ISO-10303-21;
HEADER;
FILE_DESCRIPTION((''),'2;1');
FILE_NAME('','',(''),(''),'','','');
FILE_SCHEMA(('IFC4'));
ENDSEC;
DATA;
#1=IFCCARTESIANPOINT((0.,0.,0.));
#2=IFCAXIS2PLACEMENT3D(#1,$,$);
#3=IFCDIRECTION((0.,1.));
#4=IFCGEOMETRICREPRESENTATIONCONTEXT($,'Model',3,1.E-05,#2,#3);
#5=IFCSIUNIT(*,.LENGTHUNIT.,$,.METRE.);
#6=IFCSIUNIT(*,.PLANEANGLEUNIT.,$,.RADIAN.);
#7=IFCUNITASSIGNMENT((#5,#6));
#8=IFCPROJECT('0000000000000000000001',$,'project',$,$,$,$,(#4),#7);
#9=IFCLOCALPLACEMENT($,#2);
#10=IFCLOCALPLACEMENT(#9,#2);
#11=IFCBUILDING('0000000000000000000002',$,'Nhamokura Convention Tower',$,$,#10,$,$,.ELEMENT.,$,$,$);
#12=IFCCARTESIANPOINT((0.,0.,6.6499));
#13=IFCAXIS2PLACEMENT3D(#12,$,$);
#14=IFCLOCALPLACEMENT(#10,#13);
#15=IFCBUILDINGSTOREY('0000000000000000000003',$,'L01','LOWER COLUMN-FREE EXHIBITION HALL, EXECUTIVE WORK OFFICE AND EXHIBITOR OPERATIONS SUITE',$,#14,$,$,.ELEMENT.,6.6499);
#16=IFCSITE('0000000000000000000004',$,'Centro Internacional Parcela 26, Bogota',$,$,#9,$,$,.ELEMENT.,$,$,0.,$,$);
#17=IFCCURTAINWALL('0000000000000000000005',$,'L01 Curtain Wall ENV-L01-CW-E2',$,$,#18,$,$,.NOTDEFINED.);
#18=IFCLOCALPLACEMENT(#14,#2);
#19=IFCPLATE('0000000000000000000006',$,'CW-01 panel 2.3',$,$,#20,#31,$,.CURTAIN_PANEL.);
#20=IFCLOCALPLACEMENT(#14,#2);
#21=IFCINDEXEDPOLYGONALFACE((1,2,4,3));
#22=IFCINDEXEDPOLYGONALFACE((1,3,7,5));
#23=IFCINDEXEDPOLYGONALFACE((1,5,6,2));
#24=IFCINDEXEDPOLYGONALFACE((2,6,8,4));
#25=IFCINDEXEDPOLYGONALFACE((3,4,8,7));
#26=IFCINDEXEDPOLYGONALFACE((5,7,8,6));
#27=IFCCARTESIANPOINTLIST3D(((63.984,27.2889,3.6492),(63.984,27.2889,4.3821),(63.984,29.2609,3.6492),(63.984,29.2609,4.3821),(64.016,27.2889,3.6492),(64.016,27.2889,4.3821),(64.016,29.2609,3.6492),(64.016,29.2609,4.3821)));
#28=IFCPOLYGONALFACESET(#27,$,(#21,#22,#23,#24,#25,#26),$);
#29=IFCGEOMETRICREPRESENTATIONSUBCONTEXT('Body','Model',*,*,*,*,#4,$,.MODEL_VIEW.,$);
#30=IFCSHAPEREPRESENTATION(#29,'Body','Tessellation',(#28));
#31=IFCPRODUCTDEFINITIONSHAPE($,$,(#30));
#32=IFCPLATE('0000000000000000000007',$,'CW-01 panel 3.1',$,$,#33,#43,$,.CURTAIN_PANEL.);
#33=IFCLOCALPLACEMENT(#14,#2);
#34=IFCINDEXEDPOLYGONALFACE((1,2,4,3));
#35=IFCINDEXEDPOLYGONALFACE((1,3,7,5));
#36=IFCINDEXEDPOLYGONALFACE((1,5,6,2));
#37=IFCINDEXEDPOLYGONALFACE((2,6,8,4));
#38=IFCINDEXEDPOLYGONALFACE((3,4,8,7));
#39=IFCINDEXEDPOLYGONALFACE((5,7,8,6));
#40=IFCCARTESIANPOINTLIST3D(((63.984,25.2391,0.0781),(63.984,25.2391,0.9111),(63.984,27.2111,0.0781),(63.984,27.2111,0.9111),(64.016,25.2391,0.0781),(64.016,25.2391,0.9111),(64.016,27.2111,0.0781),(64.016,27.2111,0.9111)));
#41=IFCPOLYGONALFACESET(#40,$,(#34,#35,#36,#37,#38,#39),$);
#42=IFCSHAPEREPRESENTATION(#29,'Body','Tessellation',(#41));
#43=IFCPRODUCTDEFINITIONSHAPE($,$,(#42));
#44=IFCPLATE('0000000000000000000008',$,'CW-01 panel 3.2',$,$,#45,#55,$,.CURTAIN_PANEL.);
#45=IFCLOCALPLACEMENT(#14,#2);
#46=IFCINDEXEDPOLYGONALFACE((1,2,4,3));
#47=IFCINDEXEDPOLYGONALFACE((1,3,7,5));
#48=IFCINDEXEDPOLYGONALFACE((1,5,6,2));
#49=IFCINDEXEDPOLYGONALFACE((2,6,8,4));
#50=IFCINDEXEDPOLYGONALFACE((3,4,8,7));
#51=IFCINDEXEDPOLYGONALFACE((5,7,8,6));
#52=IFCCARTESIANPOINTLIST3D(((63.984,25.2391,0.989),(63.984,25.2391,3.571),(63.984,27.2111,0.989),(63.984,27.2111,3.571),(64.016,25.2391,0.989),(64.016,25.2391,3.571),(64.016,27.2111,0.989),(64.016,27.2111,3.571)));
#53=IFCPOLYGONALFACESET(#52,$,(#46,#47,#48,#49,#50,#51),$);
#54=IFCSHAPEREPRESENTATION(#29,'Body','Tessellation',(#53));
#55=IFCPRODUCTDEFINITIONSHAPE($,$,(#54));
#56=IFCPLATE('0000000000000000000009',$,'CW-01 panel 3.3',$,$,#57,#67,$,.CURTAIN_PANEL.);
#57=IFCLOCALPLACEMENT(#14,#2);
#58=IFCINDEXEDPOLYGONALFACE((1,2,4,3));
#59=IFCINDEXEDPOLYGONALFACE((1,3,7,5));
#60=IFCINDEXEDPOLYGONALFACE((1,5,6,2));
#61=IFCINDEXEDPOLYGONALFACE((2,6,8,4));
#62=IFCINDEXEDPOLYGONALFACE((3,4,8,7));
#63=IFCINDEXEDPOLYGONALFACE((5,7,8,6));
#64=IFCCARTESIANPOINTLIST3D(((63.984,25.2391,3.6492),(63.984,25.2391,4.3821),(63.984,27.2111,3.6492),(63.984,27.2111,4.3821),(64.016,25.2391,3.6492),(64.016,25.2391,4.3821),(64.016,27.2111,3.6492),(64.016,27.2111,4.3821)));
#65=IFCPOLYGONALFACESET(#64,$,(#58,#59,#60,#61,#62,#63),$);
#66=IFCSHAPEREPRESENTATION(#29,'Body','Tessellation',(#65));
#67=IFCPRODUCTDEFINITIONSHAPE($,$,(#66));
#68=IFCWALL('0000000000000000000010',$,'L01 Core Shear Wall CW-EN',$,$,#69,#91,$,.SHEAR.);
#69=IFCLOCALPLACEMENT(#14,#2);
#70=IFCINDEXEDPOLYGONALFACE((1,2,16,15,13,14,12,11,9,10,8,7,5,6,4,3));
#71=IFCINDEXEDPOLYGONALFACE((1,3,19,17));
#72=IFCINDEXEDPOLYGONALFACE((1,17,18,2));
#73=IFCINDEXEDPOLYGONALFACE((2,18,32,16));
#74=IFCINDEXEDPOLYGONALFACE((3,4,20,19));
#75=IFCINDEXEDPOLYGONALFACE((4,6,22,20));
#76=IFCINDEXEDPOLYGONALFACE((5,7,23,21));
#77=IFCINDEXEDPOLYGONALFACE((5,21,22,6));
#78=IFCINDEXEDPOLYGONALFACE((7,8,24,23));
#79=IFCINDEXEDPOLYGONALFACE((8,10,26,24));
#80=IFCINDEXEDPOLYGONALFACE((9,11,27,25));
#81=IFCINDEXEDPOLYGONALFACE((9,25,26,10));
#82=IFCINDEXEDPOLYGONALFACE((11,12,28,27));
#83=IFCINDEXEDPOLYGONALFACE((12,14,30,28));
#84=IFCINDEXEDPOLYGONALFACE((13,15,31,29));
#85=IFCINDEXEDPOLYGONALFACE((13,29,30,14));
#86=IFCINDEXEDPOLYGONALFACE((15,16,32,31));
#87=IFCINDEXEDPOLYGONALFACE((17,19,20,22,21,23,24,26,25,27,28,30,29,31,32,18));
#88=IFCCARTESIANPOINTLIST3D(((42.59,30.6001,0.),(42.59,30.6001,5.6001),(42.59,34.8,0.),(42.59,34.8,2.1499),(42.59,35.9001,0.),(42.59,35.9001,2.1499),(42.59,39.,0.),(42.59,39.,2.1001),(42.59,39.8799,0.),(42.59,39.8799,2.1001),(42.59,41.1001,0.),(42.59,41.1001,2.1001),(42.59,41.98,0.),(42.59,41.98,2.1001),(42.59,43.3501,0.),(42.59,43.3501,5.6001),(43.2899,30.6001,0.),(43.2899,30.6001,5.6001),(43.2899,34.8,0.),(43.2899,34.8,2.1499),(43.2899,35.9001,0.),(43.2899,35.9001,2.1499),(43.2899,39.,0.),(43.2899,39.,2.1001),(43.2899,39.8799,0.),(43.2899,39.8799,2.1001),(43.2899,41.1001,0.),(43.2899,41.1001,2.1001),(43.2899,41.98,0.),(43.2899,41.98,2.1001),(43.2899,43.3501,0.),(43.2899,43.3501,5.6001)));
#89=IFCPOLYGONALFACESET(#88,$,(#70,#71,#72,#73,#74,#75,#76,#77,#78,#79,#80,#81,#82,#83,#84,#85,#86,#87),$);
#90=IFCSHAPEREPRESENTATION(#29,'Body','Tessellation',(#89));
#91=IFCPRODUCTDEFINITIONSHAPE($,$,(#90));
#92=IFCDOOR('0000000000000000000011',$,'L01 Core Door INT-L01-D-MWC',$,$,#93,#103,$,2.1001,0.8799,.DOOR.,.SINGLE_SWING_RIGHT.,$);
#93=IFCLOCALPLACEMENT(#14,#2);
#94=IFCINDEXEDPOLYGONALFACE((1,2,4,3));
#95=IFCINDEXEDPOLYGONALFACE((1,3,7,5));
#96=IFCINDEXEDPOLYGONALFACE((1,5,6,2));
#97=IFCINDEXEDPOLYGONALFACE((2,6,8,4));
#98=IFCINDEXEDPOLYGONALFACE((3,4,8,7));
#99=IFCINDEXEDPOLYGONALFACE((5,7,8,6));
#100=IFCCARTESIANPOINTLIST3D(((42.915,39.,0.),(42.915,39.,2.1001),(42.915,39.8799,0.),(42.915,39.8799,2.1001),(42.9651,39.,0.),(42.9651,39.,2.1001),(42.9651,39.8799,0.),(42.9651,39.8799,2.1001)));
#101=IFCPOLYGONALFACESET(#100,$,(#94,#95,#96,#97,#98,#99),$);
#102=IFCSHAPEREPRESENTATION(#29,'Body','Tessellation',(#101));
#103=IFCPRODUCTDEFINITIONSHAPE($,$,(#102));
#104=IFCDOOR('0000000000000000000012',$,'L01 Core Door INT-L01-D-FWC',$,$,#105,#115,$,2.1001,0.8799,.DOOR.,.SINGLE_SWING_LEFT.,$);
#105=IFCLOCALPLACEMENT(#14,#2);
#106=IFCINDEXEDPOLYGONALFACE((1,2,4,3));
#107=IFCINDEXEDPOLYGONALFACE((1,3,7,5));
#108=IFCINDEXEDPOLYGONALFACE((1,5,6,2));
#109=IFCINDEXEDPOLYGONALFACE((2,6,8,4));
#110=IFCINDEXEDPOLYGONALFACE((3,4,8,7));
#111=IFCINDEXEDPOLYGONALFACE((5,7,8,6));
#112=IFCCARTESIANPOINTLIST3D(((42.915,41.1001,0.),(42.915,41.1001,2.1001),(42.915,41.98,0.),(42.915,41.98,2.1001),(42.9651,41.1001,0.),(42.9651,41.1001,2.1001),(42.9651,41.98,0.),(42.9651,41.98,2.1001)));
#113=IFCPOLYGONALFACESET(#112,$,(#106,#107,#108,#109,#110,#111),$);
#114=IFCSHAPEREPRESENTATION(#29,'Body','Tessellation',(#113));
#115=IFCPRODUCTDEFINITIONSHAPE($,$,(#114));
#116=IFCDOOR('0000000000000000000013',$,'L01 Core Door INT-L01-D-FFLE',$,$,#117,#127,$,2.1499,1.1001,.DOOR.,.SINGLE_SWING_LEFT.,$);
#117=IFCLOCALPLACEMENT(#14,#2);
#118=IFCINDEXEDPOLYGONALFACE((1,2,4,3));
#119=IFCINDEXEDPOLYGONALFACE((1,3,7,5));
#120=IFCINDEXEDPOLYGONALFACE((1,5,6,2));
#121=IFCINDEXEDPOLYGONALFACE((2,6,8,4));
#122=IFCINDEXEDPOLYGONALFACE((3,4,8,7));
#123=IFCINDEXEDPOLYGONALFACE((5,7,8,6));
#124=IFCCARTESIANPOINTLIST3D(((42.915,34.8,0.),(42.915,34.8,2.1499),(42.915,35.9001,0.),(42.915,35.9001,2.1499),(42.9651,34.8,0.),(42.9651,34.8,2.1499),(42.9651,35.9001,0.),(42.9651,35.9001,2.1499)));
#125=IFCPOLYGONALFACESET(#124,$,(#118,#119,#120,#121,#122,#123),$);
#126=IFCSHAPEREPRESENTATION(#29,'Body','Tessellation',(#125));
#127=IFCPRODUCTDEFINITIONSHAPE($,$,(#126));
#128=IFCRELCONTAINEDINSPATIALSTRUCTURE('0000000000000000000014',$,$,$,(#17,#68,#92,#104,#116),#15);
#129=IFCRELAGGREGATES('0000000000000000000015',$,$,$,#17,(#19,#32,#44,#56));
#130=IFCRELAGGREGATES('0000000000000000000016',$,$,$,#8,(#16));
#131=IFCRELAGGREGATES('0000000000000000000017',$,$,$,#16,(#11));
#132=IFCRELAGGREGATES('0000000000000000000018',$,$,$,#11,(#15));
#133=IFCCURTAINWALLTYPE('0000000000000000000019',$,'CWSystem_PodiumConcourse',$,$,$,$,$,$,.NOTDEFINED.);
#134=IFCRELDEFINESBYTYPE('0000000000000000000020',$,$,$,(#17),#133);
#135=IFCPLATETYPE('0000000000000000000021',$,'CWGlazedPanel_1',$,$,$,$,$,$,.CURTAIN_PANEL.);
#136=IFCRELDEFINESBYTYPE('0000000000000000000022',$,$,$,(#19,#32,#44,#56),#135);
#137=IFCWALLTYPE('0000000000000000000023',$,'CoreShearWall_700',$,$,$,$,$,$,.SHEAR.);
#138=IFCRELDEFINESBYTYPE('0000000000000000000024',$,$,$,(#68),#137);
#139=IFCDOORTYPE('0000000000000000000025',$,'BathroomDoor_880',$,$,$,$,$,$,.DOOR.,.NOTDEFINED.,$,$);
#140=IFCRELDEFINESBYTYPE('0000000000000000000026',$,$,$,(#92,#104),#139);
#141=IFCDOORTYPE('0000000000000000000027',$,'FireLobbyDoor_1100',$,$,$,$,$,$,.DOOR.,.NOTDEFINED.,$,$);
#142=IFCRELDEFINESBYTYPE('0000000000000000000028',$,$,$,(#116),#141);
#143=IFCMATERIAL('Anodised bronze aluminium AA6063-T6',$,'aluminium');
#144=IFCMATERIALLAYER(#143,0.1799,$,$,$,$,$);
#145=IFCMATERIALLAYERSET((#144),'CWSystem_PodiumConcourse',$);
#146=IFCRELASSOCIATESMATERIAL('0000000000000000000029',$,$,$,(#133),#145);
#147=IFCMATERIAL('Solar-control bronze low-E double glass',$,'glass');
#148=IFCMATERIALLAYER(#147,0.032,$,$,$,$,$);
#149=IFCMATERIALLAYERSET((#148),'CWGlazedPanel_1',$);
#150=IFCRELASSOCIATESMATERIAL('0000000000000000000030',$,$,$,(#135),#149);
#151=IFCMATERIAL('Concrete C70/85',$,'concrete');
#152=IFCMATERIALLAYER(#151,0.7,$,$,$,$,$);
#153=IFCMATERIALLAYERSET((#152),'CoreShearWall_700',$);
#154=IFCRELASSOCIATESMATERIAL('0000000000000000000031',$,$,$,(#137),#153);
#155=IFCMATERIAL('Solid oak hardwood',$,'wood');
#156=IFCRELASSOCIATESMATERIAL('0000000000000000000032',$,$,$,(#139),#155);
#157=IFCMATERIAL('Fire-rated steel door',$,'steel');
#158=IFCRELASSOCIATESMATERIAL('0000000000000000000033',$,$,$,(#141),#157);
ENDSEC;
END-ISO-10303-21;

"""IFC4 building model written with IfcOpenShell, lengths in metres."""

from ifc_helpers import new_model, si_unit, direction, frame, frame_2d, origin, origin_2d, place, context, subcontext, project, spatial, rectangle, extrude, material, layer, layer_set, type_object, element, fill, aggregate, save


model = new_model("IFC4")

# Units and contexts
model_context = context("Model", 3, precision=1e-05, world=origin(), true_north=direction((0.0, 1.0)))
body_context = subcontext(model_context, "Body", "Model", "MODEL_VIEW")
ifc_project = project(units=[si_unit("LENGTHUNIT", "METRE"), si_unit("PLANEANGLEUNIT", "RADIAN")], contexts=[model_context])

# Site, building, storey
site_placement = place(None, origin())
site = spatial("IfcSite", under=ifc_project, at=site_placement, Name="Centro Internacional Parcela 26, Bogota", CompositionType="ELEMENT", RefElevation=0.0)
building_placement = place(site_placement, origin())
building = spatial("IfcBuilding", under=site, at=building_placement, Name="Nhamokura Convention Tower", CompositionType="ELEMENT")
storey_placement = place(building_placement, frame((0.0, 0.0, 6.6499)))
storey = spatial("IfcBuildingStorey", under=building, at=storey_placement, Name="L01", Description="LOWER COLUMN-FREE EXHIBITION HALL, EXECUTIVE WORK OFFICE AND EXHIBITOR OPERATIONS SUITE", CompositionType="ELEMENT", Elevation=6.6499)

# Curtain wall
ifc_material_1 = material(Name="Anodised bronze aluminium AA6063-T6", Category="aluminium")
ifc_layer_1 = layer(ifc_material_1, 0.1799)
ifc_layer_set_1 = layer_set([ifc_layer_1], Name="CWSystem_PodiumConcourse")
curtain_wall_type = type_object("IfcCurtainWallType", Name="CWSystem_PodiumConcourse", PredefinedType="NOTDEFINED", material=ifc_layer_set_1)
curtain_wall_placement = place(storey_placement, origin())
curtain_wall = element("IfcCurtainWall", 1, at=curtain_wall_placement, inside=storey, type_object=curtain_wall_type, Name="L01 Curtain Wall ENV-L01-CW-E2", PredefinedType="NOTDEFINED")

# Plates
ifc_material_2 = material(Name="Solar-control bronze low-E double glass", Category="glass")
ifc_layer_2 = layer(ifc_material_2, 0.032)
ifc_layer_set_2 = layer_set([ifc_layer_2], Name="CWGlazedPanel_1")
plate_type = type_object("IfcPlateType", Name="CWGlazedPanel_1", PredefinedType="CURTAIN_PANEL", material=ifc_layer_set_2)
plate_1_placement = place(storey_placement, frame((64.0, 28.2749, 3.6492), z_axis=(0.0, 0.0, 1.0), x_axis=(0.0, -1.0, 0.0)))
plate_1 = element("IfcPlate", 2, at=plate_1_placement, type_object=plate_type, Name="CW-01 panel 2.3", PredefinedType="CURTAIN_PANEL", context=body_context, shape_type="SweptSolid", body=[
    extrude(rectangle(XDim=1.9719, YDim=0.032, at=origin_2d()), origin(), (0.0, 0.0, 1.0), 0.7329),
])
plate_2_placement = place(storey_placement, frame((64.0, 26.2251, 0.0781), z_axis=(0.0, 0.0, 1.0), x_axis=(0.0, -1.0, 0.0)))
plate_2 = element("IfcPlate", 3, at=plate_2_placement, type_object=plate_type, Name="CW-01 panel 3.1", PredefinedType="CURTAIN_PANEL", context=body_context, shape_type="SweptSolid", body=[
    extrude(rectangle(XDim=1.9719, YDim=0.032, at=origin_2d()), origin(), (0.0, 0.0, 1.0), 0.833),
])
plate_3_placement = place(storey_placement, frame((64.0, 26.2251, 0.989), z_axis=(0.0, 0.0, 1.0), x_axis=(0.0, -1.0, 0.0)))
plate_3 = element("IfcPlate", 4, at=plate_3_placement, type_object=plate_type, Name="CW-01 panel 3.2", PredefinedType="CURTAIN_PANEL", context=body_context, shape_type="SweptSolid", body=[
    extrude(rectangle(XDim=1.9719, YDim=0.032, at=origin_2d()), origin(), (0.0, 0.0, 1.0), 2.582),
])
plate_4_placement = place(storey_placement, frame((64.0, 26.2251, 3.6492), z_axis=(0.0, 0.0, 1.0), x_axis=(0.0, -1.0, 0.0)))
plate_4 = element("IfcPlate", 5, at=plate_4_placement, type_object=plate_type, Name="CW-01 panel 3.3", PredefinedType="CURTAIN_PANEL", context=body_context, shape_type="SweptSolid", body=[
    extrude(rectangle(XDim=1.9719, YDim=0.032, at=origin_2d()), origin(), (0.0, 0.0, 1.0), 0.7329),
])
aggregate(curtain_wall, [plate_1, plate_2, plate_3, plate_4])

# Wall, openings, doors
ifc_material_3 = material(Name="Concrete C70/85", Category="concrete")
ifc_layer_3 = layer(ifc_material_3, 0.7)
ifc_layer_set_3 = layer_set([ifc_layer_3], Name="CoreShearWall_700")
wall_type = type_object("IfcWallType", Name="CoreShearWall_700", PredefinedType="SHEAR", material=ifc_layer_set_3)
wall_placement = place(storey_placement, frame((42.9399, 30.6001, 0.0), z_axis=(0.0, 0.0, 1.0), x_axis=(0.0, 1.0, 0.0)))
wall = element("IfcWall", 6, at=wall_placement, inside=storey, type_object=wall_type, Name="L01 Core Shear Wall CW-EN", PredefinedType="SHEAR", context=body_context, shape_type="SweptSolid", body=[
    extrude(rectangle(XDim=12.75, YDim=0.7, at=frame_2d((6.375, 0.0))), origin(), (0.0, 0.0, 1.0), 5.6001),
])
opening_1_placement = place(wall_placement, frame((4.2, 0.0, 0.0)))
opening_1 = element("IfcOpeningElement", 7, at=opening_1_placement, cuts=wall, PredefinedType="OPENING", context=body_context, shape_type="SweptSolid", body=[
    extrude(rectangle(XDim=1.1001, YDim=2.1499, at=frame_2d((0.55, 1.075))), frame((0.0, 0.3599, 0.0), z_axis=(0.0, -1.0, 0.0), x_axis=(1.0, 0.0, 0.0)), (0.0, 0.0, 1.0), 0.72),
])
opening_2_placement = place(wall_placement, frame((8.3999, 0.0, 0.0)))
opening_2 = element("IfcOpeningElement", 8, at=opening_2_placement, cuts=wall, PredefinedType="OPENING", context=body_context, shape_type="SweptSolid", body=[
    extrude(rectangle(XDim=0.8799, YDim=2.1001, at=frame_2d((0.4399, 1.05))), frame((0.0, 0.3599, 0.0), z_axis=(0.0, -1.0, 0.0), x_axis=(1.0, 0.0, 0.0)), (0.0, 0.0, 1.0), 0.72),
])
opening_3_placement = place(wall_placement, frame((10.5, 0.0, 0.0)))
opening_3 = element("IfcOpeningElement", 9, at=opening_3_placement, cuts=wall, PredefinedType="OPENING", context=body_context, shape_type="SweptSolid", body=[
    extrude(rectangle(XDim=0.8799, YDim=2.1001, at=frame_2d((0.4399, 1.05))), frame((0.0, 0.3599, 0.0), z_axis=(0.0, -1.0, 0.0), x_axis=(1.0, 0.0, 0.0)), (0.0, 0.0, 1.0), 0.72),
])
ifc_material_4 = material(Name="Solid oak hardwood", Category="wood")
door_type_1 = type_object("IfcDoorType", Name="BathroomDoor_880", OperationType="NOTDEFINED", PredefinedType="DOOR", material=ifc_material_4)
door_1_placement = place(opening_2_placement, origin())
door_1 = element("IfcDoor", 10, at=door_1_placement, inside=storey, type_object=door_type_1, Name="L01 Core Door INT-L01-D-MWC", OperationType="SINGLE_SWING_RIGHT", OverallHeight=2.1001, OverallWidth=0.8799, PredefinedType="DOOR", context=body_context, shape_type="SweptSolid", body=[
    extrude(rectangle(XDim=0.8799, YDim=2.1001, at=frame_2d((0.4399, 1.05))), frame((0.0, 0.0249, 0.0), z_axis=(0.0, -1.0, 0.0), x_axis=(1.0, 0.0, 0.0)), (0.0, 0.0, 1.0), 0.05),
])
fill(opening_2, door_1)
door_2_placement = place(opening_3_placement, origin())
door_2 = element("IfcDoor", 11, at=door_2_placement, inside=storey, type_object=door_type_1, Name="L01 Core Door INT-L01-D-FWC", OperationType="SINGLE_SWING_LEFT", OverallHeight=2.1001, OverallWidth=0.8799, PredefinedType="DOOR", context=body_context, shape_type="SweptSolid", body=[
    extrude(rectangle(XDim=0.8799, YDim=2.1001, at=frame_2d((0.4399, 1.05))), frame((0.0, 0.0249, 0.0), z_axis=(0.0, -1.0, 0.0), x_axis=(1.0, 0.0, 0.0)), (0.0, 0.0, 1.0), 0.05),
])
fill(opening_3, door_2)
ifc_material_5 = material(Name="Fire-rated steel door", Category="steel")
door_type_2 = type_object("IfcDoorType", Name="FireLobbyDoor_1100", OperationType="NOTDEFINED", PredefinedType="DOOR", material=ifc_material_5)
door_3_placement = place(opening_1_placement, origin())
door_3 = element("IfcDoor", 12, at=door_3_placement, inside=storey, type_object=door_type_2, Name="L01 Core Door INT-L01-D-FFLE", OperationType="SINGLE_SWING_LEFT", OverallHeight=2.1499, OverallWidth=1.1001, PredefinedType="DOOR", context=body_context, shape_type="SweptSolid", body=[
    extrude(rectangle(XDim=1.1001, YDim=2.1499, at=frame_2d((0.55, 1.075))), frame((0.0, 0.0249, 0.0), z_axis=(0.0, -1.0, 0.0), x_axis=(1.0, 0.0, 0.0)), (0.0, 0.0, 1.0), 0.05),
])
fill(opening_1, door_3)

save(model, "model.ifc")
